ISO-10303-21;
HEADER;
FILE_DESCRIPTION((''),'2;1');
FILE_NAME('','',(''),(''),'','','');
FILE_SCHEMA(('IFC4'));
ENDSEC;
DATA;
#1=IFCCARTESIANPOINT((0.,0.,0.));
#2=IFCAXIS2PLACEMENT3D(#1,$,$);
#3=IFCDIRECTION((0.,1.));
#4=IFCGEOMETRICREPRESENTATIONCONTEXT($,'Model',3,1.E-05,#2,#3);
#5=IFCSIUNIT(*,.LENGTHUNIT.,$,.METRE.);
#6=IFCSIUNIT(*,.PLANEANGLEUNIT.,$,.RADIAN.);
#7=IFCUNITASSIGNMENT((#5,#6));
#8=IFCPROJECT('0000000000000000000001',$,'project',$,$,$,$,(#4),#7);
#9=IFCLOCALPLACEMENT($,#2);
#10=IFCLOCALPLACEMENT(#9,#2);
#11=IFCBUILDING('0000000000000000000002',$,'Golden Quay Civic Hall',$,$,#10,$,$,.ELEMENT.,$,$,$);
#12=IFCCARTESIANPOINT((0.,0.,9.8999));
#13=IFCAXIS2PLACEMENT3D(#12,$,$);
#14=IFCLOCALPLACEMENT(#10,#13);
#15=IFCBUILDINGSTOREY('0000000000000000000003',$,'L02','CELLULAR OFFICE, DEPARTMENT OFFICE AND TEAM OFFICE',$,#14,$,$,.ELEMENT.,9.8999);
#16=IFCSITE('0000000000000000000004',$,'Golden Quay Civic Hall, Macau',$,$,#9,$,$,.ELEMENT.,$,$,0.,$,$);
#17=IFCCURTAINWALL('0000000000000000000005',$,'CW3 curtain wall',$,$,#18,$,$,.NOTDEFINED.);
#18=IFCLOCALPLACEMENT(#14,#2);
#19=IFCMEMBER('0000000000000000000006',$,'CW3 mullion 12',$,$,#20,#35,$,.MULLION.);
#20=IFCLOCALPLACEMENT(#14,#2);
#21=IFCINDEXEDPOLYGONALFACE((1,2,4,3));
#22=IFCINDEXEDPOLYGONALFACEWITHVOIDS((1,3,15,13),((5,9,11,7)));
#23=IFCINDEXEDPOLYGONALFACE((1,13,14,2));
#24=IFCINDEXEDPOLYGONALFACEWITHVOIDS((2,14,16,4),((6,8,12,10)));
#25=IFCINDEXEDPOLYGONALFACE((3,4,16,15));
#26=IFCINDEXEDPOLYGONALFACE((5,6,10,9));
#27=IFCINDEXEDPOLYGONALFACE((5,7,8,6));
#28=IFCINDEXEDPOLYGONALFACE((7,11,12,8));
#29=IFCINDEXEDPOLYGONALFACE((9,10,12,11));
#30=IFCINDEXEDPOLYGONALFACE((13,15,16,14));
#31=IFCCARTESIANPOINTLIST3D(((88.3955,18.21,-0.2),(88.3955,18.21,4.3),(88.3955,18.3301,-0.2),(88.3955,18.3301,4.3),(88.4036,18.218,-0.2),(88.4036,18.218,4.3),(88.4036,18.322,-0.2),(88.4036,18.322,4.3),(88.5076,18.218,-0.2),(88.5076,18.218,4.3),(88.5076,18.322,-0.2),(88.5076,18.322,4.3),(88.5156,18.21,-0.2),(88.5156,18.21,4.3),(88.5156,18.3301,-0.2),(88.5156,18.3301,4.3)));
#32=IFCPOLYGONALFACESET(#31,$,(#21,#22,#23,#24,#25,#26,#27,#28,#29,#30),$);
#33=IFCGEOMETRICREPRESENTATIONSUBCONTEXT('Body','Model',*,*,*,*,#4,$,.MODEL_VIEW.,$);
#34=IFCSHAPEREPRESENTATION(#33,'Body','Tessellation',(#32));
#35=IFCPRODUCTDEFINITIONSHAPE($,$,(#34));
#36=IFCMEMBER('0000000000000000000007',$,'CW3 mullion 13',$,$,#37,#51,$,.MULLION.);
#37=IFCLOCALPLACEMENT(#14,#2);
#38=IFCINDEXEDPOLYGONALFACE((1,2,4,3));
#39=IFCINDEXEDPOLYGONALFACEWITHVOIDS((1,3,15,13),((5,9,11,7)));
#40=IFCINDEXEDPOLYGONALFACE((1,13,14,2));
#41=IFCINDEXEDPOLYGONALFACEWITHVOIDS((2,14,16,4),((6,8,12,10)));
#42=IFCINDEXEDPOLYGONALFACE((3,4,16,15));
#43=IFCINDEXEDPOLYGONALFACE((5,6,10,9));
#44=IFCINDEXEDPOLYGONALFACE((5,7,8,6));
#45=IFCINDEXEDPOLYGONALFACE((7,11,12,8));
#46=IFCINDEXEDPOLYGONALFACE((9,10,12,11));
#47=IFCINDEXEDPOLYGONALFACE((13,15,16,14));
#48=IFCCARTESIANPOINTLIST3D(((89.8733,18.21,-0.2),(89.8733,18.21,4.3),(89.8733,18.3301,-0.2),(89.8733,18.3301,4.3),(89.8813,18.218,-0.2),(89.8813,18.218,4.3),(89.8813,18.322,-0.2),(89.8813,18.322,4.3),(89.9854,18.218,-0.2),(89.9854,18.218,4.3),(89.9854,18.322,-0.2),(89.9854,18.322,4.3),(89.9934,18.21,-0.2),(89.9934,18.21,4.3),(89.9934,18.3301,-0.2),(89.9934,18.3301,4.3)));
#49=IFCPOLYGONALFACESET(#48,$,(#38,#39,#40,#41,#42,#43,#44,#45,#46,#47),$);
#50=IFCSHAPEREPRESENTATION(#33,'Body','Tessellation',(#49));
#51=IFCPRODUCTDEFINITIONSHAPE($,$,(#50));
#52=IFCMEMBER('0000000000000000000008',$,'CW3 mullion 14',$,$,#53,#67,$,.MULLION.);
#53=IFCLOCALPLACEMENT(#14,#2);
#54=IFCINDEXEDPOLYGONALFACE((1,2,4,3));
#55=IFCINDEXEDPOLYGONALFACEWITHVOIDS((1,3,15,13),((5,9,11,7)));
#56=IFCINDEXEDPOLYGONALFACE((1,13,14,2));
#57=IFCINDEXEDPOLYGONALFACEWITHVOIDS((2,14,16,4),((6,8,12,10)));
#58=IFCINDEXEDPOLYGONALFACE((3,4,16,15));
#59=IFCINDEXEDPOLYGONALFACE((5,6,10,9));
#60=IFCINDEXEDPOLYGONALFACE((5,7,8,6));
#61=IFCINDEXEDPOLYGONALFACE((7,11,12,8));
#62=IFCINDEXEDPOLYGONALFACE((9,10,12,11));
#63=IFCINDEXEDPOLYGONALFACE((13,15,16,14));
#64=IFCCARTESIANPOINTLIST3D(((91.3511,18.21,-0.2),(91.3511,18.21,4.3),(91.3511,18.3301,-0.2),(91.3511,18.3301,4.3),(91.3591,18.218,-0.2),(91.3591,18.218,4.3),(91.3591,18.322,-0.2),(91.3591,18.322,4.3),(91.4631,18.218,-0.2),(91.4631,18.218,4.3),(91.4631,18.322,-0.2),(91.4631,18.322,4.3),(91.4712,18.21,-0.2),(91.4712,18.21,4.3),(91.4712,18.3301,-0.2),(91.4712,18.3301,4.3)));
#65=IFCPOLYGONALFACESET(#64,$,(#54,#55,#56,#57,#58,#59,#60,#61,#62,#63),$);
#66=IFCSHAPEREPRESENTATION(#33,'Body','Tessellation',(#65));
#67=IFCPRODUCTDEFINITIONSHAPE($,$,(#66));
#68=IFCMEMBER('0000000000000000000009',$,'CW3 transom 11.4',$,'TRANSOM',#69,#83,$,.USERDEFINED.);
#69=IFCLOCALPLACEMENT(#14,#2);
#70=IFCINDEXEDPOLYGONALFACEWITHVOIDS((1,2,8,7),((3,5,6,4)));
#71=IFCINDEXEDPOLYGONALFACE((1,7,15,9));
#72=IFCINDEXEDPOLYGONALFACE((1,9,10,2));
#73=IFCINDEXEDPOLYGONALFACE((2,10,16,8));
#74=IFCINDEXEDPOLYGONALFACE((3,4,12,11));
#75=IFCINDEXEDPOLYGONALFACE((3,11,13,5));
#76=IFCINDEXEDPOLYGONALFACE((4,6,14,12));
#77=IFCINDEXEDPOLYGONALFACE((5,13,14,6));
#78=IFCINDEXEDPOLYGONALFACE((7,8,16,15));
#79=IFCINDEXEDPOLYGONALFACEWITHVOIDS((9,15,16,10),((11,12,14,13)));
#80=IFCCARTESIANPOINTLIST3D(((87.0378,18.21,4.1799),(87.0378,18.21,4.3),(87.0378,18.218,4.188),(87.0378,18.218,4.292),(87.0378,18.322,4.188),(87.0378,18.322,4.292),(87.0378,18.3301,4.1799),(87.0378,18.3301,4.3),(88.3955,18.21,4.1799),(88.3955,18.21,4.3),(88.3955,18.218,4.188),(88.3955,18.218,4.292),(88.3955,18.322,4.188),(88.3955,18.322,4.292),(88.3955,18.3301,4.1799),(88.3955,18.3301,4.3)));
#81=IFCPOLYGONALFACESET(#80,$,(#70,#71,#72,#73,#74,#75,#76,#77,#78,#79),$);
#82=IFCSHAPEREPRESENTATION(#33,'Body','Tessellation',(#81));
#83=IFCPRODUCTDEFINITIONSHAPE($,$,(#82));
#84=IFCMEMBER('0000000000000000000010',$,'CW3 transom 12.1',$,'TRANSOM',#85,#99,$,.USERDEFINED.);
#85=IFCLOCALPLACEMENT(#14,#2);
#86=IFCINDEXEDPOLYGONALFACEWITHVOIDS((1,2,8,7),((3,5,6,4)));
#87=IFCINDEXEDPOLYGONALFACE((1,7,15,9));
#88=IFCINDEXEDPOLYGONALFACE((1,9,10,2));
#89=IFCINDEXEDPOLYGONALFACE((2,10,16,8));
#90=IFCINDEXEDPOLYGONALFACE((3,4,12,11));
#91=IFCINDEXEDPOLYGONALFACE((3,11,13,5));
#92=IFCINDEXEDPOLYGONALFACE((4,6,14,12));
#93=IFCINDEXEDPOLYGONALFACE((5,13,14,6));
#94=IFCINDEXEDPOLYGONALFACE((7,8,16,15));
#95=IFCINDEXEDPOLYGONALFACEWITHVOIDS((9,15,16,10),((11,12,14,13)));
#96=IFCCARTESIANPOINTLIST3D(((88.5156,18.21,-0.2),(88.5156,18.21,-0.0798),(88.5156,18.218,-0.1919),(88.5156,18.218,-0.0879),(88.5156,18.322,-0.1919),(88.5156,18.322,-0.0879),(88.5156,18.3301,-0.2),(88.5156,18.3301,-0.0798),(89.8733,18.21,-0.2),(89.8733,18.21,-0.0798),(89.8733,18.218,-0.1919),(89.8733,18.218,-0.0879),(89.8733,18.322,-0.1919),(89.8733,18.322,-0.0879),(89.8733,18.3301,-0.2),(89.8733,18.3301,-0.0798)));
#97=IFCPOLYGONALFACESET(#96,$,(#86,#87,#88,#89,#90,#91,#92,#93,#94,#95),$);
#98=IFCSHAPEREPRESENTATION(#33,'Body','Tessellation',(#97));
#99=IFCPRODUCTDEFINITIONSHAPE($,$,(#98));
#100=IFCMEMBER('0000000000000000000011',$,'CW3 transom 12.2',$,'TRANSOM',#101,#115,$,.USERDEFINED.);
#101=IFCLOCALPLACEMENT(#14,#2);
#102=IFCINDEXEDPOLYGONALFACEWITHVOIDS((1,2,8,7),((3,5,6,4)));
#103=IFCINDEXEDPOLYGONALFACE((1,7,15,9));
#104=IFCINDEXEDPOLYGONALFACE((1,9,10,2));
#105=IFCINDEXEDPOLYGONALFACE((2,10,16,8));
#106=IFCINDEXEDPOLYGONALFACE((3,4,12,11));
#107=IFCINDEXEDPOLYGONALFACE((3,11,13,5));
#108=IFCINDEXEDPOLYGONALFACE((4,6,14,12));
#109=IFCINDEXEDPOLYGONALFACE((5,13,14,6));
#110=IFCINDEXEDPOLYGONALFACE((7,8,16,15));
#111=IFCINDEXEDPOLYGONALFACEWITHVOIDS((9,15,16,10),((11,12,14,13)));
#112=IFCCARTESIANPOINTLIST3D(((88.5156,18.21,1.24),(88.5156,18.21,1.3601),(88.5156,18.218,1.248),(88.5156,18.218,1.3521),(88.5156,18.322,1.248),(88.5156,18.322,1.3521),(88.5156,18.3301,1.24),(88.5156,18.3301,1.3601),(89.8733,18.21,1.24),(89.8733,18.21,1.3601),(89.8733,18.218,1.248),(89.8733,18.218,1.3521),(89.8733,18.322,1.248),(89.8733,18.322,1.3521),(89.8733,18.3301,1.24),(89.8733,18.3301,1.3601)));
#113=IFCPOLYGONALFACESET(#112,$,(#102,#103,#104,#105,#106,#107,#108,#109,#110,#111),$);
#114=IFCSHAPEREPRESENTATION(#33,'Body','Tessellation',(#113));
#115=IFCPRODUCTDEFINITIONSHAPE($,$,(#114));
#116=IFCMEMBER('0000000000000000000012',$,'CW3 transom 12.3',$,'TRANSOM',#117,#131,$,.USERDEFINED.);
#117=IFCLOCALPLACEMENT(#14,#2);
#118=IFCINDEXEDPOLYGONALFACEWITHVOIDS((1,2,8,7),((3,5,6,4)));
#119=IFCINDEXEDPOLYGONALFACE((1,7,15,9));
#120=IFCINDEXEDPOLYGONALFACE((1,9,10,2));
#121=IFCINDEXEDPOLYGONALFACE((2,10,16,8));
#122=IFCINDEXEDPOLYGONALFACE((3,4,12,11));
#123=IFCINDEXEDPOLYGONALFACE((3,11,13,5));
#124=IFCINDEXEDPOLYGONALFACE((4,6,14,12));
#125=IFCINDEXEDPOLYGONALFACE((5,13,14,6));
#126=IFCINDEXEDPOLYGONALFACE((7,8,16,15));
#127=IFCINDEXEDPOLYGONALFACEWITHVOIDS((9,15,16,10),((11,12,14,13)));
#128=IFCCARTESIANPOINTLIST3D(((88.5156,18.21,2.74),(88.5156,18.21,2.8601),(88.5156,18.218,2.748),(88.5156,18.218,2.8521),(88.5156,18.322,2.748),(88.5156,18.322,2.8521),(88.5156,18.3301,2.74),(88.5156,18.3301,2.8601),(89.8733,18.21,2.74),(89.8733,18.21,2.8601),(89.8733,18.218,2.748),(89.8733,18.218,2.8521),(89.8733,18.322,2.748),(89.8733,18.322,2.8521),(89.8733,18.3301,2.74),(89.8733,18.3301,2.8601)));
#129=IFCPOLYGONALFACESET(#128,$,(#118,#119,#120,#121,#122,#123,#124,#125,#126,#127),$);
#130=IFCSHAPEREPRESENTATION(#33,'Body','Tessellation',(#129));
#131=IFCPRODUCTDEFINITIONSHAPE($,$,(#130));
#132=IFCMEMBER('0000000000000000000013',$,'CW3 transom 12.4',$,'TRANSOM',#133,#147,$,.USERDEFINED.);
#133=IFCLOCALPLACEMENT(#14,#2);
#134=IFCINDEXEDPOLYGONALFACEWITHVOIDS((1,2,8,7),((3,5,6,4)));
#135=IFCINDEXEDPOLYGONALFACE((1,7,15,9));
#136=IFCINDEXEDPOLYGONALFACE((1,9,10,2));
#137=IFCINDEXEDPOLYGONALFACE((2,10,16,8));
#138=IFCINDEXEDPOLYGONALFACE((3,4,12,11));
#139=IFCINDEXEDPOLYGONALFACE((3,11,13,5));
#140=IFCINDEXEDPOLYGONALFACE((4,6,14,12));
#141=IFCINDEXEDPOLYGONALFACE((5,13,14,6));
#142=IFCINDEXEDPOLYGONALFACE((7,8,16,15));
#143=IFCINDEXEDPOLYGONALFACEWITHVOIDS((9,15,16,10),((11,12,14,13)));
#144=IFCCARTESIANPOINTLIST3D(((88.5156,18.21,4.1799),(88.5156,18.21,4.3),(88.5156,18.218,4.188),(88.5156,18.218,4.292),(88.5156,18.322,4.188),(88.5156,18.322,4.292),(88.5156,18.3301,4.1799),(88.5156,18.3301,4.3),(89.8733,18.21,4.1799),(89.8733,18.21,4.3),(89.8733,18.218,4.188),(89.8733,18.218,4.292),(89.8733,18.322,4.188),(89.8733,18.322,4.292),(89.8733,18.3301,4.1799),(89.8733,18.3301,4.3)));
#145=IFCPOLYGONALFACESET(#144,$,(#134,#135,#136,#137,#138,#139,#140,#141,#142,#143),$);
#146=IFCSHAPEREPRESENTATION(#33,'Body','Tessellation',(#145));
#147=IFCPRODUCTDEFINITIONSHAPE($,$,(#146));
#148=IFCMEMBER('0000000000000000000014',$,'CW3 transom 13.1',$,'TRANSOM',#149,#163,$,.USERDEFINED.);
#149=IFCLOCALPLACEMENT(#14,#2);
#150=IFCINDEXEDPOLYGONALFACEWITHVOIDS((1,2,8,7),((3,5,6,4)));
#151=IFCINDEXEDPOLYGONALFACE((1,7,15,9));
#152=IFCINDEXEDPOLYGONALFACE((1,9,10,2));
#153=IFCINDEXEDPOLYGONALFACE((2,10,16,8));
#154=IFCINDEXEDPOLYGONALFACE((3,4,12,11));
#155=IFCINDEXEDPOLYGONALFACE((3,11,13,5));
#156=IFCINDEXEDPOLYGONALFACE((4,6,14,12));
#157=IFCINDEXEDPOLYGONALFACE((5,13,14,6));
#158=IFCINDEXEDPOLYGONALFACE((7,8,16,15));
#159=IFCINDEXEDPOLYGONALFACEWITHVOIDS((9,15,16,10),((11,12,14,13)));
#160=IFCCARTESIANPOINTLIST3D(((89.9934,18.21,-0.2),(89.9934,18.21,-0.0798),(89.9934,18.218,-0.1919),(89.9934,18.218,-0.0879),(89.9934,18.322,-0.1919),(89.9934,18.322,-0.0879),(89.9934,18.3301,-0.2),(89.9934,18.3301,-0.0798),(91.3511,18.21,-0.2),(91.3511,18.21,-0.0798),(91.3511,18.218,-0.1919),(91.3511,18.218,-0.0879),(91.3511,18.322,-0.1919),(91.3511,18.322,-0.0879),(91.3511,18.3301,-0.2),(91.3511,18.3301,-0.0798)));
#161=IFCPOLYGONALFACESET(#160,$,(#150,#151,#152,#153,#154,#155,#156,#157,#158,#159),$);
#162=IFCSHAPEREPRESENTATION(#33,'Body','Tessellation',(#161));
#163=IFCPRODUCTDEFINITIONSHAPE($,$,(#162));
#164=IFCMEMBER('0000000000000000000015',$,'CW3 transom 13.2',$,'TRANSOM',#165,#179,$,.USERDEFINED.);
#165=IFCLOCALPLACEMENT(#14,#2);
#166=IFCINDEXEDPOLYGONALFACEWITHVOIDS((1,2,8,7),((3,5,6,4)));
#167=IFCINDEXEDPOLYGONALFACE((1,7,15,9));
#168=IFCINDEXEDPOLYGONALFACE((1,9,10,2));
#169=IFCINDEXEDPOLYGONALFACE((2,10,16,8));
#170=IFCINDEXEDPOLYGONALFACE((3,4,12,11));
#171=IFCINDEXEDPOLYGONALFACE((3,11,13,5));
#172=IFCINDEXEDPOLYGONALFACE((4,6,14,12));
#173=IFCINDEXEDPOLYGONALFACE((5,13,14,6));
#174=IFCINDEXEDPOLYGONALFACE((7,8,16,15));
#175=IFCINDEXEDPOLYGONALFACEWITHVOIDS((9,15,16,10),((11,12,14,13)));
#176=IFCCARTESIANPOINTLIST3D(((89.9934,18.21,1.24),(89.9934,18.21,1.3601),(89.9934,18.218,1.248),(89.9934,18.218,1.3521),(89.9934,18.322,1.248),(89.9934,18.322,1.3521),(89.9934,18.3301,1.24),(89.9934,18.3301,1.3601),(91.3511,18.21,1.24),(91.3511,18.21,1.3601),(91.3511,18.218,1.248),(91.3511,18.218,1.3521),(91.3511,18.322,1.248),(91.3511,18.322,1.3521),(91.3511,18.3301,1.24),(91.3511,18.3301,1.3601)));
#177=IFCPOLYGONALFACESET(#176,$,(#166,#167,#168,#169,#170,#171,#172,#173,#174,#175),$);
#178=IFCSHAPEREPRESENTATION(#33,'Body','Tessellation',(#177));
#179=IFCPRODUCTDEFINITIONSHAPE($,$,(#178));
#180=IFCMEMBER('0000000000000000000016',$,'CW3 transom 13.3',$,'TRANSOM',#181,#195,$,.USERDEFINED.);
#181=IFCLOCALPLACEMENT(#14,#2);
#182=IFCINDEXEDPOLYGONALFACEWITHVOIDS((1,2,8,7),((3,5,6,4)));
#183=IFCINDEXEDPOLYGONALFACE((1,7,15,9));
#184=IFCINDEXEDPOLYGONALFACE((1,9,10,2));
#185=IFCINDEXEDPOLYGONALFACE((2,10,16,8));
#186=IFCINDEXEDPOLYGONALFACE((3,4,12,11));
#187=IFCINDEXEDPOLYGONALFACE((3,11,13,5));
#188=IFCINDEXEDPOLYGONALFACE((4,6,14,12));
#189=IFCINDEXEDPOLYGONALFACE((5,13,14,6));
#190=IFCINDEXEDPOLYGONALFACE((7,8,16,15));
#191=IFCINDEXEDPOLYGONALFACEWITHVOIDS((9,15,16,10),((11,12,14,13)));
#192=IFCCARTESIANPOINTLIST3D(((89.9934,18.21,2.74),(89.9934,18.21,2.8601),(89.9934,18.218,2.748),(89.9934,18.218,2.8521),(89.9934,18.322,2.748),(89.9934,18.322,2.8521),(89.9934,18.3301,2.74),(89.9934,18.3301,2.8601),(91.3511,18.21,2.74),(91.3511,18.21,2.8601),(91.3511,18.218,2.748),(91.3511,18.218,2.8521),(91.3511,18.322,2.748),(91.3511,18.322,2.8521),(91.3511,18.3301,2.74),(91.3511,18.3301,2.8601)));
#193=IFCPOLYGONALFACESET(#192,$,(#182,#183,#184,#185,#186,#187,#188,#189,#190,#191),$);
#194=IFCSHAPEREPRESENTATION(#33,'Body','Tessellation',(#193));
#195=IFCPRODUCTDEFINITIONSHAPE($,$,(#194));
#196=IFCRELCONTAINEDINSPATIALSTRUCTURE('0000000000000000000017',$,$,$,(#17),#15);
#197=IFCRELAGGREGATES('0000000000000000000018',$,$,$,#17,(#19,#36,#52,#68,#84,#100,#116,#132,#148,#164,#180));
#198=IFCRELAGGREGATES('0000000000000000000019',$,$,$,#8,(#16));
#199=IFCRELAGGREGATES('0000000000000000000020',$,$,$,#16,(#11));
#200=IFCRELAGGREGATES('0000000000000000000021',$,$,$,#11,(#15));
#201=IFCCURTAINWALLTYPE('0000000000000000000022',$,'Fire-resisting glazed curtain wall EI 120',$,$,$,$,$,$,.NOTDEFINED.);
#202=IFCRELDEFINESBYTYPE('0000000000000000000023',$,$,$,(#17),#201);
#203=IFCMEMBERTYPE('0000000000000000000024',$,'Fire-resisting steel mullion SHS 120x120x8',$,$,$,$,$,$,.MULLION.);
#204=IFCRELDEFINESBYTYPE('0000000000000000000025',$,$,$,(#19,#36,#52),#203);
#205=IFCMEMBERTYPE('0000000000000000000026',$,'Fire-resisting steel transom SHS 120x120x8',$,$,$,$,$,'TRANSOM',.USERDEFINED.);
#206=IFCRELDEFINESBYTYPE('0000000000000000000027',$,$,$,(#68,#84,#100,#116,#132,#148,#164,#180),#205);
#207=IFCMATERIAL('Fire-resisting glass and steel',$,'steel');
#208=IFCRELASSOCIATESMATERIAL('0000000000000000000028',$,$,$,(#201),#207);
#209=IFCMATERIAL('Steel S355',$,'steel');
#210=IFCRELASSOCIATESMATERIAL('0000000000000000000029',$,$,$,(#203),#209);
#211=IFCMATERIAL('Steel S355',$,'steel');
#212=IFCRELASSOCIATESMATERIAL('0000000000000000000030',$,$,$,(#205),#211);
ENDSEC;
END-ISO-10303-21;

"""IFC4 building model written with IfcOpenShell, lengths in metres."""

from ifc_helpers import new_model, si_unit, direction, frame, origin, origin_2d, place, context, subcontext, project, spatial, hollow_rectangle, extrude, material, material_profile, profile_set, type_object, element, aggregate, save


model = new_model("IFC4")

# Units and contexts
model_context = context("Model", 3, precision=1e-05, world=origin(), true_north=direction((0.0, 1.0)))
body_context = subcontext(model_context, "Body", "Model", "MODEL_VIEW")
ifc_project = project(units=[si_unit("LENGTHUNIT", "METRE"), si_unit("PLANEANGLEUNIT", "RADIAN")], contexts=[model_context])

# Site, building, storey
site_placement = place(None, origin())
site = spatial("IfcSite", under=ifc_project, at=site_placement, Name="Golden Quay Civic Hall, Macau", CompositionType="ELEMENT", RefElevation=0.0)
building_placement = place(site_placement, origin())
building = spatial("IfcBuilding", under=site, at=building_placement, Name="Golden Quay Civic Hall", CompositionType="ELEMENT")
storey_placement = place(building_placement, frame((0.0, 0.0, 9.8999)))
storey = spatial("IfcBuildingStorey", under=building, at=storey_placement, Name="L02", Description="CELLULAR OFFICE, DEPARTMENT OFFICE AND TEAM OFFICE", CompositionType="ELEMENT", Elevation=9.8999)

# Curtain wall, members
ifc_material_1 = material(Name="Fire-resisting glass and steel", Category="steel")
curtain_wall_type = type_object("IfcCurtainWallType", Name="Fire-resisting glazed curtain wall EI 120", PredefinedType="NOTDEFINED", material=ifc_material_1)
curtain_wall_placement = place(storey_placement, origin())
curtain_wall = element("IfcCurtainWall", 1, at=curtain_wall_placement, inside=storey, type_object=curtain_wall_type, Name="CW3 curtain wall", PredefinedType="NOTDEFINED")
ifc_material_2 = material(Name="Steel S355", Category="steel")
ifc_material_profile_1 = material_profile(ifc_material_2, hollow_rectangle(XDim=0.1201, YDim=0.1201, WallThickness=0.0081, at=origin_2d()), Name="SHS 120x120x8")
ifc_profile_set_1 = profile_set([ifc_material_profile_1], Name="Steel S355")
member_type_1 = type_object("IfcMemberType", Name="Fire-resisting steel mullion SHS 120x120x8", PredefinedType="MULLION", material=ifc_profile_set_1)
member_1_placement = place(storey_placement, frame((88.4556, 18.27, -0.2), z_axis=(0.0, 0.0, 1.0), x_axis=(0.0, 1.0, 0.0)))
member_1 = element("IfcMember", 2, at=member_1_placement, type_object=member_type_1, Name="CW3 mullion 12", PredefinedType="MULLION", context=body_context, shape_type="SweptSolid", body=[
    extrude(hollow_rectangle(XDim=0.1201, YDim=0.1201, WallThickness=0.0081, at=origin_2d()), origin(), (0.0, 0.0, 1.0), 4.5),
])
member_2_placement = place(storey_placement, frame((89.9333, 18.27, -0.2), z_axis=(0.0, 0.0, 1.0), x_axis=(0.0, 1.0, 0.0)))
member_2 = element("IfcMember", 3, at=member_2_placement, type_object=member_type_1, Name="CW3 mullion 13", PredefinedType="MULLION", context=body_context, shape_type="SweptSolid", body=[
    extrude(hollow_rectangle(XDim=0.1201, YDim=0.1201, WallThickness=0.0081, at=origin_2d()), origin(), (0.0, 0.0, 1.0), 4.5),
])
member_3_placement = place(storey_placement, frame((91.4111, 18.27, -0.2), z_axis=(0.0, 0.0, 1.0), x_axis=(0.0, 1.0, 0.0)))
member_3 = element("IfcMember", 4, at=member_3_placement, type_object=member_type_1, Name="CW3 mullion 14", PredefinedType="MULLION", context=body_context, shape_type="SweptSolid", body=[
    extrude(hollow_rectangle(XDim=0.1201, YDim=0.1201, WallThickness=0.0081, at=origin_2d()), origin(), (0.0, 0.0, 1.0), 4.5),
])
ifc_material_3 = material(Name="Steel S355", Category="steel")
ifc_material_profile_2 = material_profile(ifc_material_3, hollow_rectangle(XDim=0.1201, YDim=0.1201, WallThickness=0.0081, at=origin_2d()), Name="SHS 120x120x8")
ifc_profile_set_2 = profile_set([ifc_material_profile_2], Name="Steel S355")
member_type_2 = type_object("IfcMemberType", Name="Fire-resisting steel transom SHS 120x120x8", ElementType="TRANSOM", PredefinedType="USERDEFINED", material=ifc_profile_set_2)
member_4_placement = place(storey_placement, frame((87.0378, 18.27, 4.24), z_axis=(1.0, 0.0, 0.0), x_axis=(0.0, 1.0, 0.0)))
member_4 = element("IfcMember", 5, at=member_4_placement, type_object=member_type_2, Name="CW3 transom 11.4", ObjectType="TRANSOM", PredefinedType="USERDEFINED", context=body_context, shape_type="SweptSolid", body=[
    extrude(hollow_rectangle(XDim=0.1201, YDim=0.1201, WallThickness=0.0081, at=origin_2d()), origin(), (0.0, 0.0, 1.0), 1.3577),
])
member_5_placement = place(storey_placement, frame((88.5156, 18.27, -0.1399), z_axis=(1.0, 0.0, 0.0), x_axis=(0.0, 1.0, 0.0)))
member_5 = element("IfcMember", 6, at=member_5_placement, type_object=member_type_2, Name="CW3 transom 12.1", ObjectType="TRANSOM", PredefinedType="USERDEFINED", context=body_context, shape_type="SweptSolid", body=[
    extrude(hollow_rectangle(XDim=0.1201, YDim=0.1201, WallThickness=0.0081, at=origin_2d()), origin(), (0.0, 0.0, 1.0), 1.3577),
])
member_6_placement = place(storey_placement, frame((88.5156, 18.27, 1.3), z_axis=(1.0, 0.0, 0.0), x_axis=(0.0, 1.0, 0.0)))
member_6 = element("IfcMember", 7, at=member_6_placement, type_object=member_type_2, Name="CW3 transom 12.2", ObjectType="TRANSOM", PredefinedType="USERDEFINED", context=body_context, shape_type="SweptSolid", body=[
    extrude(hollow_rectangle(XDim=0.1201, YDim=0.1201, WallThickness=0.0081, at=origin_2d()), origin(), (0.0, 0.0, 1.0), 1.3577),
])
member_7_placement = place(storey_placement, frame((88.5156, 18.27, 2.8), z_axis=(1.0, 0.0, 0.0), x_axis=(0.0, 1.0, 0.0)))
member_7 = element("IfcMember", 8, at=member_7_placement, type_object=member_type_2, Name="CW3 transom 12.3", ObjectType="TRANSOM", PredefinedType="USERDEFINED", context=body_context, shape_type="SweptSolid", body=[
    extrude(hollow_rectangle(XDim=0.1201, YDim=0.1201, WallThickness=0.0081, at=origin_2d()), origin(), (0.0, 0.0, 1.0), 1.3577),
])
member_8_placement = place(storey_placement, frame((88.5156, 18.27, 4.24), z_axis=(1.0, 0.0, 0.0), x_axis=(0.0, 1.0, 0.0)))
member_8 = element("IfcMember", 9, at=member_8_placement, type_object=member_type_2, Name="CW3 transom 12.4", ObjectType="TRANSOM", PredefinedType="USERDEFINED", context=body_context, shape_type="SweptSolid", body=[
    extrude(hollow_rectangle(XDim=0.1201, YDim=0.1201, WallThickness=0.0081, at=origin_2d()), origin(), (0.0, 0.0, 1.0), 1.3577),
])
member_9_placement = place(storey_placement, frame((89.9934, 18.27, -0.1399), z_axis=(1.0, 0.0, 0.0), x_axis=(0.0, 1.0, 0.0)))
member_9 = element("IfcMember", 10, at=member_9_placement, type_object=member_type_2, Name="CW3 transom 13.1", ObjectType="TRANSOM", PredefinedType="USERDEFINED", context=body_context, shape_type="SweptSolid", body=[
    extrude(hollow_rectangle(XDim=0.1201, YDim=0.1201, WallThickness=0.0081, at=origin_2d()), origin(), (0.0, 0.0, 1.0), 1.3577),
])
member_10_placement = place(storey_placement, frame((89.9934, 18.27, 1.3), z_axis=(1.0, 0.0, 0.0), x_axis=(0.0, 1.0, 0.0)))
member_10 = element("IfcMember", 11, at=member_10_placement, type_object=member_type_2, Name="CW3 transom 13.2", ObjectType="TRANSOM", PredefinedType="USERDEFINED", context=body_context, shape_type="SweptSolid", body=[
    extrude(hollow_rectangle(XDim=0.1201, YDim=0.1201, WallThickness=0.0081, at=origin_2d()), origin(), (0.0, 0.0, 1.0), 1.3577),
])
member_11_placement = place(storey_placement, frame((89.9934, 18.27, 2.8), z_axis=(1.0, 0.0, 0.0), x_axis=(0.0, 1.0, 0.0)))
member_11 = element("IfcMember", 12, at=member_11_placement, type_object=member_type_2, Name="CW3 transom 13.3", ObjectType="TRANSOM", PredefinedType="USERDEFINED", context=body_context, shape_type="SweptSolid", body=[
    extrude(hollow_rectangle(XDim=0.1201, YDim=0.1201, WallThickness=0.0081, at=origin_2d()), origin(), (0.0, 0.0, 1.0), 1.3577),
])
aggregate(curtain_wall, [member_1, member_2, member_3, member_4, member_5, member_6, member_7, member_8, member_9, member_10, member_11])

save(model, "model.ifc")
